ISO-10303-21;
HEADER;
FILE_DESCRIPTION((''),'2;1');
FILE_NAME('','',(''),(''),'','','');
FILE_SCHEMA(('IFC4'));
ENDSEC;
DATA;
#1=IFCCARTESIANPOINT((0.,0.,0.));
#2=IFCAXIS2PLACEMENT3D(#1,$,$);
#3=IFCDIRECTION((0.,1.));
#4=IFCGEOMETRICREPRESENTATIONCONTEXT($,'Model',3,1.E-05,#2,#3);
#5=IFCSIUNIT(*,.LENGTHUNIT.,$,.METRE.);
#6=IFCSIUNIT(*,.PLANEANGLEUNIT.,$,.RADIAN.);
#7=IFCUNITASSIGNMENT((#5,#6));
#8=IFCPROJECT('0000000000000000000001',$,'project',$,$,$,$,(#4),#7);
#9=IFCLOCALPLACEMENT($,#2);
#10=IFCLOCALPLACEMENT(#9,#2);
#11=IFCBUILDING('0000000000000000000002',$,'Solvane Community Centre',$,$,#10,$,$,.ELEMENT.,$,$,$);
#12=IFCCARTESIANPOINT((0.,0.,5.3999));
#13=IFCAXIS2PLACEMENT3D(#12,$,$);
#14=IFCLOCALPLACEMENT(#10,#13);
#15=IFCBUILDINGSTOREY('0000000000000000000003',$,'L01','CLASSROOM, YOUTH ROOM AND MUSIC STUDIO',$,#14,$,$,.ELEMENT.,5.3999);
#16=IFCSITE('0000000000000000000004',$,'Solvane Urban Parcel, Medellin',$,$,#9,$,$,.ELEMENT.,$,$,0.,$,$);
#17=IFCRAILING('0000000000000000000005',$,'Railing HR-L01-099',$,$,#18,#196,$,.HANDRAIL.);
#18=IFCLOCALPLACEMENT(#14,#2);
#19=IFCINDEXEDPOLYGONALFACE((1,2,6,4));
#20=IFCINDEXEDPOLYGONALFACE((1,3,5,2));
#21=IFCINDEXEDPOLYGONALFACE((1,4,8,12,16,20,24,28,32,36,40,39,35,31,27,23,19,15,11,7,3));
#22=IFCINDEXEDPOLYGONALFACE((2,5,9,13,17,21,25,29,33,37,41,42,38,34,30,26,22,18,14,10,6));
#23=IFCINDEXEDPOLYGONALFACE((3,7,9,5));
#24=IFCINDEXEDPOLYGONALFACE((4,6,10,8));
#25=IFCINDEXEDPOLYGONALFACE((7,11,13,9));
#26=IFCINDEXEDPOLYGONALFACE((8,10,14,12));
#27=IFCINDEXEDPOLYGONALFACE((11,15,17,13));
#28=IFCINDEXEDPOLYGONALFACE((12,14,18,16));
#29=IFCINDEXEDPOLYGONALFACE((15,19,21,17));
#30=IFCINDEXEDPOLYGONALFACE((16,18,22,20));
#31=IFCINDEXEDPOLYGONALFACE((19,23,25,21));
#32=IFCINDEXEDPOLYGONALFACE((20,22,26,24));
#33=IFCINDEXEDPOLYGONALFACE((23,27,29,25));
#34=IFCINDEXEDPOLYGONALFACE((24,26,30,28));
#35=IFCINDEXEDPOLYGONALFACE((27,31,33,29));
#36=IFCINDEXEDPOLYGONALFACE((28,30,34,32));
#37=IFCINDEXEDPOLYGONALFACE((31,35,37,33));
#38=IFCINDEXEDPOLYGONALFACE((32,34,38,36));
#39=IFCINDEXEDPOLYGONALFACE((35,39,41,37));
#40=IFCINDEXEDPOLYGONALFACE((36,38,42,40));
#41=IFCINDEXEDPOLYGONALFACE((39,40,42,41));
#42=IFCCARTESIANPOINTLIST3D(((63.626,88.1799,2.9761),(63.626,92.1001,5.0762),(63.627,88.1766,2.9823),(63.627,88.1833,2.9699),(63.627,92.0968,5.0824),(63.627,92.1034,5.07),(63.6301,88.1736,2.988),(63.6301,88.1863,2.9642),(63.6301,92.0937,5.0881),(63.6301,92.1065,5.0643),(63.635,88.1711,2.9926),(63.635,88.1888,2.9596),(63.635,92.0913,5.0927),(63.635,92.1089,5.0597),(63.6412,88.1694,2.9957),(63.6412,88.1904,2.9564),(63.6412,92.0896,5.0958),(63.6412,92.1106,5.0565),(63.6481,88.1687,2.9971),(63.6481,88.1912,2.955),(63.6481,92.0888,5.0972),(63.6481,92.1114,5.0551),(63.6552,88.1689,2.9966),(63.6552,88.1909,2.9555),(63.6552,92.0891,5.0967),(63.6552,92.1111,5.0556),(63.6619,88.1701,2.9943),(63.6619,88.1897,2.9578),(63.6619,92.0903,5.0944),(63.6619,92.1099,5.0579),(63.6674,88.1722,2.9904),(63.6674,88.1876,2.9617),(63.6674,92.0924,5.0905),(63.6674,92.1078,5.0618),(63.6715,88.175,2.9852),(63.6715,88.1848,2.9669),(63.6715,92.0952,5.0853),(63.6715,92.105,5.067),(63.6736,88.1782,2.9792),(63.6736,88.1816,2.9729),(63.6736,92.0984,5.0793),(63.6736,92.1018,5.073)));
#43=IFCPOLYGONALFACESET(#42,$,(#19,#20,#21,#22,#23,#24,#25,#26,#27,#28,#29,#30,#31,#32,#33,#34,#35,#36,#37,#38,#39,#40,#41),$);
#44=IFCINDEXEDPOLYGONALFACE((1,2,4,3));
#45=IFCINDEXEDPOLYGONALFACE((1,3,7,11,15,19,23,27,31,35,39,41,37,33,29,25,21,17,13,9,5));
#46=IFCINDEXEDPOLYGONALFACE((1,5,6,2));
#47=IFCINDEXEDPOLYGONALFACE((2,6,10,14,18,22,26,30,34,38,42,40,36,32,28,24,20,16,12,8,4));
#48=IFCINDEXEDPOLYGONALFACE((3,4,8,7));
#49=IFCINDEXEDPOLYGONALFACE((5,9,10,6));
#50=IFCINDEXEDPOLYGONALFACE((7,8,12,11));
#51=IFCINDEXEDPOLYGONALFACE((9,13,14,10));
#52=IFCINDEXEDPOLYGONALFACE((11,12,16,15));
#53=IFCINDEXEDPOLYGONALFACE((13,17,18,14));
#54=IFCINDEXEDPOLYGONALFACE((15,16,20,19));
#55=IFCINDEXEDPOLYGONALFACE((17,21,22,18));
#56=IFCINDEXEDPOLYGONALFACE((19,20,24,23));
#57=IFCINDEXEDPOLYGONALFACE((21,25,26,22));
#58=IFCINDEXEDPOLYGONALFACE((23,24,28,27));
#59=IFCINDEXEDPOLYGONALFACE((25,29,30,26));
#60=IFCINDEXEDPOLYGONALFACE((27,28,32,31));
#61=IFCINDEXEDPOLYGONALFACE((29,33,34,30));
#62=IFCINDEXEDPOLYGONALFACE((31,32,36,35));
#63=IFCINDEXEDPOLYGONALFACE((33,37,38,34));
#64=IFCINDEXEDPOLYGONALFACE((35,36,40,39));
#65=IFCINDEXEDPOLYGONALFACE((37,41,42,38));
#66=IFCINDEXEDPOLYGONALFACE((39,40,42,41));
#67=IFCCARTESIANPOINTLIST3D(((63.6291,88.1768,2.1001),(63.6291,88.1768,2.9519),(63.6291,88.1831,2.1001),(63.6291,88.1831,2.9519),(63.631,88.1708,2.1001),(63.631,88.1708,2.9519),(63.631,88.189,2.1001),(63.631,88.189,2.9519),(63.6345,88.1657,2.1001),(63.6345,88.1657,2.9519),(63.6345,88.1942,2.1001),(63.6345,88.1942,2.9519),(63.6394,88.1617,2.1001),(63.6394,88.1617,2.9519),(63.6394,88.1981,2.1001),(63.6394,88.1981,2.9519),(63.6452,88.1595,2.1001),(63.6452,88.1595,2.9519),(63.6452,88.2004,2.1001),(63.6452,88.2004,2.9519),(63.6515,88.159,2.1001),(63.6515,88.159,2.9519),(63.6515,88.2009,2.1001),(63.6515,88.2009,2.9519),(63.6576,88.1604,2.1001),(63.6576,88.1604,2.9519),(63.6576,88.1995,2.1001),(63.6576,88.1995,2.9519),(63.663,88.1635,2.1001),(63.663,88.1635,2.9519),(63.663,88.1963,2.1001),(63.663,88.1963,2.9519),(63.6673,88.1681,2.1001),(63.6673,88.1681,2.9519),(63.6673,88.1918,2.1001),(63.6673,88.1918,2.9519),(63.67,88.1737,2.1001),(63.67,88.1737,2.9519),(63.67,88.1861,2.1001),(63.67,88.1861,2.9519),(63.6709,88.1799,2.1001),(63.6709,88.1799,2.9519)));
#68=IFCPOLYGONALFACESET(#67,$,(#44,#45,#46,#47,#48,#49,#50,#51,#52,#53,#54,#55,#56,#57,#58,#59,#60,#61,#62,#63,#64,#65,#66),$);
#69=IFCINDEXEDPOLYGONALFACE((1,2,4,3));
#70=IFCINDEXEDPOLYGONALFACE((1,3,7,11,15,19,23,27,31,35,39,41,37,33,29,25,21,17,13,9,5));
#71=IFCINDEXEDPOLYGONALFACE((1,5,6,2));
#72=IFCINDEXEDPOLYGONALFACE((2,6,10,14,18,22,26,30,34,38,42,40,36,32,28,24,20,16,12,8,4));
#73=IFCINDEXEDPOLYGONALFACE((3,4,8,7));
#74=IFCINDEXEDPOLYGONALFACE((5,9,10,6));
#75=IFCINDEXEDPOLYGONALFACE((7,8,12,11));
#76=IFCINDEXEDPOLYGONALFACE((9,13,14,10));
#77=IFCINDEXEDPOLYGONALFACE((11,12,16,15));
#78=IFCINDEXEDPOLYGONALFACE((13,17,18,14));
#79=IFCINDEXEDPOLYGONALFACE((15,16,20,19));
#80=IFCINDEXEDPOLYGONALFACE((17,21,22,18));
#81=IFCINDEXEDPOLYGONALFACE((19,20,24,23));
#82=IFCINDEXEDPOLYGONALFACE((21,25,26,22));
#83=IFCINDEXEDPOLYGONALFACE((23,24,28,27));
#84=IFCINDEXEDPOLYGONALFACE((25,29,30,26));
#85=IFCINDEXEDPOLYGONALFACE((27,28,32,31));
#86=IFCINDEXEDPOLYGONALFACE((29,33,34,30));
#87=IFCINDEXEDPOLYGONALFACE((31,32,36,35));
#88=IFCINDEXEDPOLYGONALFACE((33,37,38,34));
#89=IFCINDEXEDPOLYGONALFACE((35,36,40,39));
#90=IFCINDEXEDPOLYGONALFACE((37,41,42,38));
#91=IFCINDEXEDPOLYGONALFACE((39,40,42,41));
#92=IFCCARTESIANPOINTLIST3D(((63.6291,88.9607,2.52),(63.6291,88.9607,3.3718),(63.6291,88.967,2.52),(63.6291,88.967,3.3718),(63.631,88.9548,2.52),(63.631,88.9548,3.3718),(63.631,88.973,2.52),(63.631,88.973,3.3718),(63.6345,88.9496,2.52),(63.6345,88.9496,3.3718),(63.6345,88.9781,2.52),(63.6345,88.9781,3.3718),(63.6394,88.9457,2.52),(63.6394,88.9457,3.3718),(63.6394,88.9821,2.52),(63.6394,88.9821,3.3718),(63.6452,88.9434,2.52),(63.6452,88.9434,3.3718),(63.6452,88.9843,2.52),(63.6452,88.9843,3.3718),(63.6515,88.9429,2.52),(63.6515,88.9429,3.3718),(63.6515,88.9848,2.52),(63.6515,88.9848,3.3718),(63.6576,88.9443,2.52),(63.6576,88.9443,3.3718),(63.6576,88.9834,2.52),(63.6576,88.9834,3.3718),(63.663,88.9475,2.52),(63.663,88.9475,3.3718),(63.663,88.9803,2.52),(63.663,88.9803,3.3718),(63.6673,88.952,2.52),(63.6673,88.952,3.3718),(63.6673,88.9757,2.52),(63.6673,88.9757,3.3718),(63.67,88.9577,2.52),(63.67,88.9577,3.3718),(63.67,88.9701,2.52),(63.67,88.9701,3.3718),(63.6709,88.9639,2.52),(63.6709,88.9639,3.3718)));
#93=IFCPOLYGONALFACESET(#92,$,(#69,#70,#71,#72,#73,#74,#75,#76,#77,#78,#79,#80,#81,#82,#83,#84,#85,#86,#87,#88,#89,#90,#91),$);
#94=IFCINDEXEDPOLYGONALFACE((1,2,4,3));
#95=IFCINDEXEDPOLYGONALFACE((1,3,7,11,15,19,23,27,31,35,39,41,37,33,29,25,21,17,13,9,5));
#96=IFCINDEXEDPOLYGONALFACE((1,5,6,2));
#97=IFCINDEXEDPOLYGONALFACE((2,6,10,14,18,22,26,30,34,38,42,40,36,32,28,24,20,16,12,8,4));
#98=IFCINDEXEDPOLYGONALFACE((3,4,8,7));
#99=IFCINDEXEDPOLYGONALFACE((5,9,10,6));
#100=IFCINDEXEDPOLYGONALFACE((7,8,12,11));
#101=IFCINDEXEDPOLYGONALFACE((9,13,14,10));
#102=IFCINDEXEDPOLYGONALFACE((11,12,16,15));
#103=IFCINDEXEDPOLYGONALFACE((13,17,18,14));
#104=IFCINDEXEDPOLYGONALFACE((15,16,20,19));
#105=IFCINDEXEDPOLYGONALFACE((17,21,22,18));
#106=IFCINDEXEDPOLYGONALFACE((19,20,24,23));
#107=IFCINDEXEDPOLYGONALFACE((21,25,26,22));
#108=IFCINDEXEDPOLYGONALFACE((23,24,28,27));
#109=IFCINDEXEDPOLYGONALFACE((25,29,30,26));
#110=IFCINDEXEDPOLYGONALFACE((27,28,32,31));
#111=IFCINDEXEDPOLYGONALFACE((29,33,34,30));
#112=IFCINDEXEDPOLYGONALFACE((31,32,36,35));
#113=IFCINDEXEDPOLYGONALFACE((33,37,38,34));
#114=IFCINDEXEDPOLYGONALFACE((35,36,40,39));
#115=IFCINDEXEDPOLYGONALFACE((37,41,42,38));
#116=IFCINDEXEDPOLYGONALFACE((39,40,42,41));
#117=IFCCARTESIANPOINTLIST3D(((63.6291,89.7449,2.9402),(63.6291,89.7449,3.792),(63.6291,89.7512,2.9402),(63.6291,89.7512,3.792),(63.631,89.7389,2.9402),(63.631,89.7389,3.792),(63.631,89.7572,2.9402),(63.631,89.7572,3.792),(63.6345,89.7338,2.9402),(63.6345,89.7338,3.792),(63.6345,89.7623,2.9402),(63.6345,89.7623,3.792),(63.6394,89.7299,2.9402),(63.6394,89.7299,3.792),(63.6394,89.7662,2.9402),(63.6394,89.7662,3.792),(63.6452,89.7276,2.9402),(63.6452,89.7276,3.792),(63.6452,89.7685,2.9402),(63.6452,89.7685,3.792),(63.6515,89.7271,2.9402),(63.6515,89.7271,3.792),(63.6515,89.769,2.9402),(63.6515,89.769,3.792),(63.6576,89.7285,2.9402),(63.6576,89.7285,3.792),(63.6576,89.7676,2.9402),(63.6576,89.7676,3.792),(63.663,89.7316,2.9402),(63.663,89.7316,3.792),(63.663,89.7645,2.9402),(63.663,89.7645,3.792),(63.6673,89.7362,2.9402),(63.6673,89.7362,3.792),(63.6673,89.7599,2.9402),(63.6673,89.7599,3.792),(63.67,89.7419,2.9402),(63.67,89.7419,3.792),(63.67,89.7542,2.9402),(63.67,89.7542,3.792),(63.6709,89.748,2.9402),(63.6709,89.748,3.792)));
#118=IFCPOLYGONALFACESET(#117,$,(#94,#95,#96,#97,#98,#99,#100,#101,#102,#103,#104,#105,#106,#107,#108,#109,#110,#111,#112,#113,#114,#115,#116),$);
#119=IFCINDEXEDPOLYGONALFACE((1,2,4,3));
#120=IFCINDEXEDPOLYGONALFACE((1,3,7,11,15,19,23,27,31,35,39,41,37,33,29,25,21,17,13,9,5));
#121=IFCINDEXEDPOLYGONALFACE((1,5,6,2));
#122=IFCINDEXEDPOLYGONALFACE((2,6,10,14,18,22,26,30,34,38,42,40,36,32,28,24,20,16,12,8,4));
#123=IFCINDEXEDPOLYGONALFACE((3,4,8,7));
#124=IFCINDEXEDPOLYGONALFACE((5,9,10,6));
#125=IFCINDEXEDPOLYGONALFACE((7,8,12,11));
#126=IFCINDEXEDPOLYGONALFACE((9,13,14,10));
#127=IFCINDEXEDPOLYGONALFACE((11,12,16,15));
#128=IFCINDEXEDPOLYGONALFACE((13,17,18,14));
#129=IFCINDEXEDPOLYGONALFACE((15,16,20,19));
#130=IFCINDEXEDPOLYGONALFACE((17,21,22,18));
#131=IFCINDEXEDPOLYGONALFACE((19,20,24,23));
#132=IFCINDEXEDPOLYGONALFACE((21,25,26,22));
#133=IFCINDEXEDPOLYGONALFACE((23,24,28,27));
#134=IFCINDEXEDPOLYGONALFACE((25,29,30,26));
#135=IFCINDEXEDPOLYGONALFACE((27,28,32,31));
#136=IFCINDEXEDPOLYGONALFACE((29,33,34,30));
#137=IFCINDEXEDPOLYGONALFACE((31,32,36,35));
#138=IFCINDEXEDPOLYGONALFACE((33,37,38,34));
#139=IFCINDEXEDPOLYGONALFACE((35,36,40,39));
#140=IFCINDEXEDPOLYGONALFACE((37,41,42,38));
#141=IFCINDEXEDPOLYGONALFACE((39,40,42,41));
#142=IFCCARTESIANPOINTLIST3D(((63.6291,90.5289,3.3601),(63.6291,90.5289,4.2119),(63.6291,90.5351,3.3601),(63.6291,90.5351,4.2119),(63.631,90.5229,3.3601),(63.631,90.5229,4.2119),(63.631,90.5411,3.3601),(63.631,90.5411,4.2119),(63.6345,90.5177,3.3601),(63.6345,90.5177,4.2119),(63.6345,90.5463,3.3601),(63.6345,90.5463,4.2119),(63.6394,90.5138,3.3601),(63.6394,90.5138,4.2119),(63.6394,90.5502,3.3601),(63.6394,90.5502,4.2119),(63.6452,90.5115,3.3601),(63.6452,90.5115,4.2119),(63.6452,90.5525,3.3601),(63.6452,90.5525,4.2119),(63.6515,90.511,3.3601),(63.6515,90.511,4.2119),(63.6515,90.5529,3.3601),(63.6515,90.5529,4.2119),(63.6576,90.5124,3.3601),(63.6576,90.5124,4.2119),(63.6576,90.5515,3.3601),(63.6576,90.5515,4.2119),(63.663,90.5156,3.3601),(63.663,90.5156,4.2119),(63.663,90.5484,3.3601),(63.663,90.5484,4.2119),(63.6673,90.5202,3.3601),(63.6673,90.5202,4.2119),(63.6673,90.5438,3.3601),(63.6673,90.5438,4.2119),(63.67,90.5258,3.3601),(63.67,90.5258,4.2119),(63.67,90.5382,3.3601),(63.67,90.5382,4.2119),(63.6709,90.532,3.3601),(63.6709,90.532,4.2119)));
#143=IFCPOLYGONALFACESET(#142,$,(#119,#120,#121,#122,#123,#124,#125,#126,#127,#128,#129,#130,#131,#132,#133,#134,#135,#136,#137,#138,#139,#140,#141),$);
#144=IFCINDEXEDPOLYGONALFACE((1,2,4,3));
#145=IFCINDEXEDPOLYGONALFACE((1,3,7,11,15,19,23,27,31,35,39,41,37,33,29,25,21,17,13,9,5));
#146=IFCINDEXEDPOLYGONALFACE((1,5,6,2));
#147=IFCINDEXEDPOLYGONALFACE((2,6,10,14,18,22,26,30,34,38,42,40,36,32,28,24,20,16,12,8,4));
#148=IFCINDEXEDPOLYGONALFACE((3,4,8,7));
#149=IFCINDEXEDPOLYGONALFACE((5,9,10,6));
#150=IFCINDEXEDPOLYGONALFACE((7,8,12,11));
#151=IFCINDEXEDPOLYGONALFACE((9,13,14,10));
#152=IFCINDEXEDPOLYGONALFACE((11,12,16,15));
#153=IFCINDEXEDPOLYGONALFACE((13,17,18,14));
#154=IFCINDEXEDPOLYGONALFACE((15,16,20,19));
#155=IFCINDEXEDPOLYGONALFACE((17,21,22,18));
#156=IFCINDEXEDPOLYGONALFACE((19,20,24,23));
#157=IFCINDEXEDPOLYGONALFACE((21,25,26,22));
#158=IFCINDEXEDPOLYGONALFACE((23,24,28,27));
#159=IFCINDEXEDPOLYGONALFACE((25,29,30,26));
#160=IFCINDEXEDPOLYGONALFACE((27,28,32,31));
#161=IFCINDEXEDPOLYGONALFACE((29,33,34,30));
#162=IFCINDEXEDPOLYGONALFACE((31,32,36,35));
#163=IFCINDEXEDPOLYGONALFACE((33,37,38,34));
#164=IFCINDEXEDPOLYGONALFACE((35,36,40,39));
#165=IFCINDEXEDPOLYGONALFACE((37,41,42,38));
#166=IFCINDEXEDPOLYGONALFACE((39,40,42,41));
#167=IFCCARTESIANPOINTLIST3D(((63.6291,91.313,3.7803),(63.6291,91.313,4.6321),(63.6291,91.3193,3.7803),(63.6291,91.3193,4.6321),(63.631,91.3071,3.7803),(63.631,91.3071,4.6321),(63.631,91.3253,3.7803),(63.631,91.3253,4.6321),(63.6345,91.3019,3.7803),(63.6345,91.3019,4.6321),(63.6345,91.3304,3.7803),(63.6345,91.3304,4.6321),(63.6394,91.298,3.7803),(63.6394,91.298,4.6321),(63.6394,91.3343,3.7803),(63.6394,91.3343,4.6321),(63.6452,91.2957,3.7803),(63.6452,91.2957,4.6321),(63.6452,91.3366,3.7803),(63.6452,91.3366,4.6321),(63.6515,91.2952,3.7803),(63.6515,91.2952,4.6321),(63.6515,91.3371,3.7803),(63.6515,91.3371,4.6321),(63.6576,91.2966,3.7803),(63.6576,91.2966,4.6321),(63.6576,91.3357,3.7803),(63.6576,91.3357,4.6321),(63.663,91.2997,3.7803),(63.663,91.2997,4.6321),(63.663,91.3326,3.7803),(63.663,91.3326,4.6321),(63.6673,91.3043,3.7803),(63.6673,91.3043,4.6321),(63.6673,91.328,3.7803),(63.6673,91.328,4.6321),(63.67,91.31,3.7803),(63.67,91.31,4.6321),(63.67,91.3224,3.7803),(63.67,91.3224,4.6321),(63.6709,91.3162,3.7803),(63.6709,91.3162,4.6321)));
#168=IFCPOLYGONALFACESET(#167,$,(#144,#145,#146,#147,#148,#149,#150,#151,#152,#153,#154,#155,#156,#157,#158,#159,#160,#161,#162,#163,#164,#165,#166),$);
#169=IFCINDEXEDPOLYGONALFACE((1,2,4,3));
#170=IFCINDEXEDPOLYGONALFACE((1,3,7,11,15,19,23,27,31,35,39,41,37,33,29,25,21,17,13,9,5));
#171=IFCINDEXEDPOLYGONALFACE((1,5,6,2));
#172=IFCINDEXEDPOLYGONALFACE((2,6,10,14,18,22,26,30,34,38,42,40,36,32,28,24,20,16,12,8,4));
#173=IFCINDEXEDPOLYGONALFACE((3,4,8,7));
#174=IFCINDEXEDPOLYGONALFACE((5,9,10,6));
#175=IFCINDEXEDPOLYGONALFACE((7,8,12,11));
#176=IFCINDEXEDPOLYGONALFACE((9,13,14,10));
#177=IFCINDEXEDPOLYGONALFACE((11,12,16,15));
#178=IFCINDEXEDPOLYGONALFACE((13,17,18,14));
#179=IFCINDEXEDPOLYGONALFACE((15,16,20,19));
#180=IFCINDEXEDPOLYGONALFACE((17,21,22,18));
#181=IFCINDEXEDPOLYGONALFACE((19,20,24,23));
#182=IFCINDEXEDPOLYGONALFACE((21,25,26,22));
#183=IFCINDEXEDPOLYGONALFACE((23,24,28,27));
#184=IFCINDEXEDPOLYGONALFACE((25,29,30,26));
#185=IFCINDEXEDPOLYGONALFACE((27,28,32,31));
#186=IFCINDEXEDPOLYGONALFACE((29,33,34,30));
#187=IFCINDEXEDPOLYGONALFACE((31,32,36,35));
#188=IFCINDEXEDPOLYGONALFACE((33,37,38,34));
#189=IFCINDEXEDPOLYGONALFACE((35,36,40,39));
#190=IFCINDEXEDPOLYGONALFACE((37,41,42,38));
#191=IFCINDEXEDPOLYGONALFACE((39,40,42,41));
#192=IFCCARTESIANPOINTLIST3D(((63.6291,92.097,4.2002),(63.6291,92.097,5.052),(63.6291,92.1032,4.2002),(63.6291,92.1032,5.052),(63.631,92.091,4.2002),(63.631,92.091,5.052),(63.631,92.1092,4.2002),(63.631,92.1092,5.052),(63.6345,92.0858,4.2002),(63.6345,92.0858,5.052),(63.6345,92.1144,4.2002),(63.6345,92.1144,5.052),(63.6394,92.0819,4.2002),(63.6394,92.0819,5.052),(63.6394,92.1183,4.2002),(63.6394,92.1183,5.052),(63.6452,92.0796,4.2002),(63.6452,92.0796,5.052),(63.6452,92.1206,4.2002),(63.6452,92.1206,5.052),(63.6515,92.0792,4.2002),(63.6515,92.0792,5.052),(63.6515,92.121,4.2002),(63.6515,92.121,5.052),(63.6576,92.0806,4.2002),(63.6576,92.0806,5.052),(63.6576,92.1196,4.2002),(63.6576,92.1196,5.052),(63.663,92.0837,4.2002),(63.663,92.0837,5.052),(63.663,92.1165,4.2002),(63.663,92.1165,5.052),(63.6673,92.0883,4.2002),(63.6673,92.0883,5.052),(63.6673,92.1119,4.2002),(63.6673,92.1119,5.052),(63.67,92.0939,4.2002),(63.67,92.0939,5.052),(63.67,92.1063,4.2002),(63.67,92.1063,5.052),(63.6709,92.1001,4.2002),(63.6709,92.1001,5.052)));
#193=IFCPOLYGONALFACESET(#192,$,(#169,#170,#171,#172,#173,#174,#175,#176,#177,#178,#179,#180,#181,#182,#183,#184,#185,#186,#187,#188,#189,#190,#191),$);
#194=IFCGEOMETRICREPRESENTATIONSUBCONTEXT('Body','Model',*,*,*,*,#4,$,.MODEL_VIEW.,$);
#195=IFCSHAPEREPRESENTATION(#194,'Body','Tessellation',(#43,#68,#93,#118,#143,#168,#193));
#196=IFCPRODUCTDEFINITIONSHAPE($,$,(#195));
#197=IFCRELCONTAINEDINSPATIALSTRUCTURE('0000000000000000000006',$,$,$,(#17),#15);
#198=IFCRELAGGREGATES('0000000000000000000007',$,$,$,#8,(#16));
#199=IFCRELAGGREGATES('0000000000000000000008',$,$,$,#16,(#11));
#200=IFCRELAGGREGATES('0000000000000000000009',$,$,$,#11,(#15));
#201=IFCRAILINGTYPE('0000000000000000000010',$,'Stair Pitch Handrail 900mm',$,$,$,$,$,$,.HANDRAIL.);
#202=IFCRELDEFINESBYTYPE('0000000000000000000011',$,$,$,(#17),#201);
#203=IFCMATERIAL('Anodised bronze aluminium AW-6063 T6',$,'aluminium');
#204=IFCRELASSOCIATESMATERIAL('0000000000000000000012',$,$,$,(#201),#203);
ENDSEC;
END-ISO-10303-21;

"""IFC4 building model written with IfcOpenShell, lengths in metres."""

from ifc_helpers import new_model, si_unit, direction, frame, origin, origin_2d, place, context, subcontext, project, spatial, circle, extrude, material, type_object, element, save


model = new_model("IFC4")

# Units and contexts
model_context = context("Model", 3, precision=1e-05, world=origin(), true_north=direction((0.0, 1.0)))
body_context = subcontext(model_context, "Body", "Model", "MODEL_VIEW")
ifc_project = project(units=[si_unit("LENGTHUNIT", "METRE"), si_unit("PLANEANGLEUNIT", "RADIAN")], contexts=[model_context])

# Site, building, storey
site_placement = place(None, origin())
site = spatial("IfcSite", under=ifc_project, at=site_placement, Name="Solvane Urban Parcel, Medellin", CompositionType="ELEMENT", RefElevation=0.0)
building_placement = place(site_placement, origin())
building = spatial("IfcBuilding", under=site, at=building_placement, Name="Solvane Community Centre", CompositionType="ELEMENT")
storey_placement = place(building_placement, frame((0.0, 0.0, 5.3999)))
storey = spatial("IfcBuildingStorey", under=building, at=storey_placement, Name="L01", Description="CLASSROOM, YOUTH ROOM AND MUSIC STUDIO", CompositionType="ELEMENT", Elevation=5.3999)

# Shared definitions
ifc_material_1 = material(Name="Anodised bronze aluminium AW-6063 T6", Category="aluminium")

# Railing
railing_type_1 = type_object("IfcRailingType", Name="Stair Pitch Handrail 900mm", PredefinedType="HANDRAIL", material=ifc_material_1)
railing_1_placement = place(storey_placement, frame((63.6499, 88.1799, 2.1001)))
element("IfcRailing", 1, at=railing_1_placement, inside=storey, type_object=railing_type_1, Name="Railing HR-L01-099", PredefinedType="HANDRAIL", context=body_context, shape_type="SweptSolid", body=[
    extrude(circle(Radius=0.0239, at=origin_2d()), frame((0.0, 0.0, 0.876), z_axis=(0.0, 0.881479, 0.472223), x_axis=(-1.0, 0.0, 0.0)), (0.0, 0.0, 1.0), 4.4473),
    extrude(circle(Radius=0.021, at=origin_2d()), origin(), (0.0, 0.0, 1.0), 0.8518),
    extrude(circle(Radius=0.021, at=origin_2d()), frame((0.0, 0.7839, 0.4199)), (0.0, 0.0, 1.0), 0.8518),
    extrude(circle(Radius=0.021, at=origin_2d()), frame((0.0, 1.5681, 0.8401)), (0.0, 0.0, 1.0), 0.8518),
    extrude(circle(Radius=0.021, at=origin_2d()), frame((0.0, 2.3521, 1.26)), (0.0, 0.0, 1.0), 0.8518),
    extrude(circle(Radius=0.021, at=origin_2d()), frame((0.0, 3.1362, 1.6802)), (0.0, 0.0, 1.0), 0.8518),
    extrude(circle(Radius=0.021, at=origin_2d()), frame((0.0, 3.9202, 2.1001)), (0.0, 0.0, 1.0), 0.8518),
])

save(model, "model.ifc")
